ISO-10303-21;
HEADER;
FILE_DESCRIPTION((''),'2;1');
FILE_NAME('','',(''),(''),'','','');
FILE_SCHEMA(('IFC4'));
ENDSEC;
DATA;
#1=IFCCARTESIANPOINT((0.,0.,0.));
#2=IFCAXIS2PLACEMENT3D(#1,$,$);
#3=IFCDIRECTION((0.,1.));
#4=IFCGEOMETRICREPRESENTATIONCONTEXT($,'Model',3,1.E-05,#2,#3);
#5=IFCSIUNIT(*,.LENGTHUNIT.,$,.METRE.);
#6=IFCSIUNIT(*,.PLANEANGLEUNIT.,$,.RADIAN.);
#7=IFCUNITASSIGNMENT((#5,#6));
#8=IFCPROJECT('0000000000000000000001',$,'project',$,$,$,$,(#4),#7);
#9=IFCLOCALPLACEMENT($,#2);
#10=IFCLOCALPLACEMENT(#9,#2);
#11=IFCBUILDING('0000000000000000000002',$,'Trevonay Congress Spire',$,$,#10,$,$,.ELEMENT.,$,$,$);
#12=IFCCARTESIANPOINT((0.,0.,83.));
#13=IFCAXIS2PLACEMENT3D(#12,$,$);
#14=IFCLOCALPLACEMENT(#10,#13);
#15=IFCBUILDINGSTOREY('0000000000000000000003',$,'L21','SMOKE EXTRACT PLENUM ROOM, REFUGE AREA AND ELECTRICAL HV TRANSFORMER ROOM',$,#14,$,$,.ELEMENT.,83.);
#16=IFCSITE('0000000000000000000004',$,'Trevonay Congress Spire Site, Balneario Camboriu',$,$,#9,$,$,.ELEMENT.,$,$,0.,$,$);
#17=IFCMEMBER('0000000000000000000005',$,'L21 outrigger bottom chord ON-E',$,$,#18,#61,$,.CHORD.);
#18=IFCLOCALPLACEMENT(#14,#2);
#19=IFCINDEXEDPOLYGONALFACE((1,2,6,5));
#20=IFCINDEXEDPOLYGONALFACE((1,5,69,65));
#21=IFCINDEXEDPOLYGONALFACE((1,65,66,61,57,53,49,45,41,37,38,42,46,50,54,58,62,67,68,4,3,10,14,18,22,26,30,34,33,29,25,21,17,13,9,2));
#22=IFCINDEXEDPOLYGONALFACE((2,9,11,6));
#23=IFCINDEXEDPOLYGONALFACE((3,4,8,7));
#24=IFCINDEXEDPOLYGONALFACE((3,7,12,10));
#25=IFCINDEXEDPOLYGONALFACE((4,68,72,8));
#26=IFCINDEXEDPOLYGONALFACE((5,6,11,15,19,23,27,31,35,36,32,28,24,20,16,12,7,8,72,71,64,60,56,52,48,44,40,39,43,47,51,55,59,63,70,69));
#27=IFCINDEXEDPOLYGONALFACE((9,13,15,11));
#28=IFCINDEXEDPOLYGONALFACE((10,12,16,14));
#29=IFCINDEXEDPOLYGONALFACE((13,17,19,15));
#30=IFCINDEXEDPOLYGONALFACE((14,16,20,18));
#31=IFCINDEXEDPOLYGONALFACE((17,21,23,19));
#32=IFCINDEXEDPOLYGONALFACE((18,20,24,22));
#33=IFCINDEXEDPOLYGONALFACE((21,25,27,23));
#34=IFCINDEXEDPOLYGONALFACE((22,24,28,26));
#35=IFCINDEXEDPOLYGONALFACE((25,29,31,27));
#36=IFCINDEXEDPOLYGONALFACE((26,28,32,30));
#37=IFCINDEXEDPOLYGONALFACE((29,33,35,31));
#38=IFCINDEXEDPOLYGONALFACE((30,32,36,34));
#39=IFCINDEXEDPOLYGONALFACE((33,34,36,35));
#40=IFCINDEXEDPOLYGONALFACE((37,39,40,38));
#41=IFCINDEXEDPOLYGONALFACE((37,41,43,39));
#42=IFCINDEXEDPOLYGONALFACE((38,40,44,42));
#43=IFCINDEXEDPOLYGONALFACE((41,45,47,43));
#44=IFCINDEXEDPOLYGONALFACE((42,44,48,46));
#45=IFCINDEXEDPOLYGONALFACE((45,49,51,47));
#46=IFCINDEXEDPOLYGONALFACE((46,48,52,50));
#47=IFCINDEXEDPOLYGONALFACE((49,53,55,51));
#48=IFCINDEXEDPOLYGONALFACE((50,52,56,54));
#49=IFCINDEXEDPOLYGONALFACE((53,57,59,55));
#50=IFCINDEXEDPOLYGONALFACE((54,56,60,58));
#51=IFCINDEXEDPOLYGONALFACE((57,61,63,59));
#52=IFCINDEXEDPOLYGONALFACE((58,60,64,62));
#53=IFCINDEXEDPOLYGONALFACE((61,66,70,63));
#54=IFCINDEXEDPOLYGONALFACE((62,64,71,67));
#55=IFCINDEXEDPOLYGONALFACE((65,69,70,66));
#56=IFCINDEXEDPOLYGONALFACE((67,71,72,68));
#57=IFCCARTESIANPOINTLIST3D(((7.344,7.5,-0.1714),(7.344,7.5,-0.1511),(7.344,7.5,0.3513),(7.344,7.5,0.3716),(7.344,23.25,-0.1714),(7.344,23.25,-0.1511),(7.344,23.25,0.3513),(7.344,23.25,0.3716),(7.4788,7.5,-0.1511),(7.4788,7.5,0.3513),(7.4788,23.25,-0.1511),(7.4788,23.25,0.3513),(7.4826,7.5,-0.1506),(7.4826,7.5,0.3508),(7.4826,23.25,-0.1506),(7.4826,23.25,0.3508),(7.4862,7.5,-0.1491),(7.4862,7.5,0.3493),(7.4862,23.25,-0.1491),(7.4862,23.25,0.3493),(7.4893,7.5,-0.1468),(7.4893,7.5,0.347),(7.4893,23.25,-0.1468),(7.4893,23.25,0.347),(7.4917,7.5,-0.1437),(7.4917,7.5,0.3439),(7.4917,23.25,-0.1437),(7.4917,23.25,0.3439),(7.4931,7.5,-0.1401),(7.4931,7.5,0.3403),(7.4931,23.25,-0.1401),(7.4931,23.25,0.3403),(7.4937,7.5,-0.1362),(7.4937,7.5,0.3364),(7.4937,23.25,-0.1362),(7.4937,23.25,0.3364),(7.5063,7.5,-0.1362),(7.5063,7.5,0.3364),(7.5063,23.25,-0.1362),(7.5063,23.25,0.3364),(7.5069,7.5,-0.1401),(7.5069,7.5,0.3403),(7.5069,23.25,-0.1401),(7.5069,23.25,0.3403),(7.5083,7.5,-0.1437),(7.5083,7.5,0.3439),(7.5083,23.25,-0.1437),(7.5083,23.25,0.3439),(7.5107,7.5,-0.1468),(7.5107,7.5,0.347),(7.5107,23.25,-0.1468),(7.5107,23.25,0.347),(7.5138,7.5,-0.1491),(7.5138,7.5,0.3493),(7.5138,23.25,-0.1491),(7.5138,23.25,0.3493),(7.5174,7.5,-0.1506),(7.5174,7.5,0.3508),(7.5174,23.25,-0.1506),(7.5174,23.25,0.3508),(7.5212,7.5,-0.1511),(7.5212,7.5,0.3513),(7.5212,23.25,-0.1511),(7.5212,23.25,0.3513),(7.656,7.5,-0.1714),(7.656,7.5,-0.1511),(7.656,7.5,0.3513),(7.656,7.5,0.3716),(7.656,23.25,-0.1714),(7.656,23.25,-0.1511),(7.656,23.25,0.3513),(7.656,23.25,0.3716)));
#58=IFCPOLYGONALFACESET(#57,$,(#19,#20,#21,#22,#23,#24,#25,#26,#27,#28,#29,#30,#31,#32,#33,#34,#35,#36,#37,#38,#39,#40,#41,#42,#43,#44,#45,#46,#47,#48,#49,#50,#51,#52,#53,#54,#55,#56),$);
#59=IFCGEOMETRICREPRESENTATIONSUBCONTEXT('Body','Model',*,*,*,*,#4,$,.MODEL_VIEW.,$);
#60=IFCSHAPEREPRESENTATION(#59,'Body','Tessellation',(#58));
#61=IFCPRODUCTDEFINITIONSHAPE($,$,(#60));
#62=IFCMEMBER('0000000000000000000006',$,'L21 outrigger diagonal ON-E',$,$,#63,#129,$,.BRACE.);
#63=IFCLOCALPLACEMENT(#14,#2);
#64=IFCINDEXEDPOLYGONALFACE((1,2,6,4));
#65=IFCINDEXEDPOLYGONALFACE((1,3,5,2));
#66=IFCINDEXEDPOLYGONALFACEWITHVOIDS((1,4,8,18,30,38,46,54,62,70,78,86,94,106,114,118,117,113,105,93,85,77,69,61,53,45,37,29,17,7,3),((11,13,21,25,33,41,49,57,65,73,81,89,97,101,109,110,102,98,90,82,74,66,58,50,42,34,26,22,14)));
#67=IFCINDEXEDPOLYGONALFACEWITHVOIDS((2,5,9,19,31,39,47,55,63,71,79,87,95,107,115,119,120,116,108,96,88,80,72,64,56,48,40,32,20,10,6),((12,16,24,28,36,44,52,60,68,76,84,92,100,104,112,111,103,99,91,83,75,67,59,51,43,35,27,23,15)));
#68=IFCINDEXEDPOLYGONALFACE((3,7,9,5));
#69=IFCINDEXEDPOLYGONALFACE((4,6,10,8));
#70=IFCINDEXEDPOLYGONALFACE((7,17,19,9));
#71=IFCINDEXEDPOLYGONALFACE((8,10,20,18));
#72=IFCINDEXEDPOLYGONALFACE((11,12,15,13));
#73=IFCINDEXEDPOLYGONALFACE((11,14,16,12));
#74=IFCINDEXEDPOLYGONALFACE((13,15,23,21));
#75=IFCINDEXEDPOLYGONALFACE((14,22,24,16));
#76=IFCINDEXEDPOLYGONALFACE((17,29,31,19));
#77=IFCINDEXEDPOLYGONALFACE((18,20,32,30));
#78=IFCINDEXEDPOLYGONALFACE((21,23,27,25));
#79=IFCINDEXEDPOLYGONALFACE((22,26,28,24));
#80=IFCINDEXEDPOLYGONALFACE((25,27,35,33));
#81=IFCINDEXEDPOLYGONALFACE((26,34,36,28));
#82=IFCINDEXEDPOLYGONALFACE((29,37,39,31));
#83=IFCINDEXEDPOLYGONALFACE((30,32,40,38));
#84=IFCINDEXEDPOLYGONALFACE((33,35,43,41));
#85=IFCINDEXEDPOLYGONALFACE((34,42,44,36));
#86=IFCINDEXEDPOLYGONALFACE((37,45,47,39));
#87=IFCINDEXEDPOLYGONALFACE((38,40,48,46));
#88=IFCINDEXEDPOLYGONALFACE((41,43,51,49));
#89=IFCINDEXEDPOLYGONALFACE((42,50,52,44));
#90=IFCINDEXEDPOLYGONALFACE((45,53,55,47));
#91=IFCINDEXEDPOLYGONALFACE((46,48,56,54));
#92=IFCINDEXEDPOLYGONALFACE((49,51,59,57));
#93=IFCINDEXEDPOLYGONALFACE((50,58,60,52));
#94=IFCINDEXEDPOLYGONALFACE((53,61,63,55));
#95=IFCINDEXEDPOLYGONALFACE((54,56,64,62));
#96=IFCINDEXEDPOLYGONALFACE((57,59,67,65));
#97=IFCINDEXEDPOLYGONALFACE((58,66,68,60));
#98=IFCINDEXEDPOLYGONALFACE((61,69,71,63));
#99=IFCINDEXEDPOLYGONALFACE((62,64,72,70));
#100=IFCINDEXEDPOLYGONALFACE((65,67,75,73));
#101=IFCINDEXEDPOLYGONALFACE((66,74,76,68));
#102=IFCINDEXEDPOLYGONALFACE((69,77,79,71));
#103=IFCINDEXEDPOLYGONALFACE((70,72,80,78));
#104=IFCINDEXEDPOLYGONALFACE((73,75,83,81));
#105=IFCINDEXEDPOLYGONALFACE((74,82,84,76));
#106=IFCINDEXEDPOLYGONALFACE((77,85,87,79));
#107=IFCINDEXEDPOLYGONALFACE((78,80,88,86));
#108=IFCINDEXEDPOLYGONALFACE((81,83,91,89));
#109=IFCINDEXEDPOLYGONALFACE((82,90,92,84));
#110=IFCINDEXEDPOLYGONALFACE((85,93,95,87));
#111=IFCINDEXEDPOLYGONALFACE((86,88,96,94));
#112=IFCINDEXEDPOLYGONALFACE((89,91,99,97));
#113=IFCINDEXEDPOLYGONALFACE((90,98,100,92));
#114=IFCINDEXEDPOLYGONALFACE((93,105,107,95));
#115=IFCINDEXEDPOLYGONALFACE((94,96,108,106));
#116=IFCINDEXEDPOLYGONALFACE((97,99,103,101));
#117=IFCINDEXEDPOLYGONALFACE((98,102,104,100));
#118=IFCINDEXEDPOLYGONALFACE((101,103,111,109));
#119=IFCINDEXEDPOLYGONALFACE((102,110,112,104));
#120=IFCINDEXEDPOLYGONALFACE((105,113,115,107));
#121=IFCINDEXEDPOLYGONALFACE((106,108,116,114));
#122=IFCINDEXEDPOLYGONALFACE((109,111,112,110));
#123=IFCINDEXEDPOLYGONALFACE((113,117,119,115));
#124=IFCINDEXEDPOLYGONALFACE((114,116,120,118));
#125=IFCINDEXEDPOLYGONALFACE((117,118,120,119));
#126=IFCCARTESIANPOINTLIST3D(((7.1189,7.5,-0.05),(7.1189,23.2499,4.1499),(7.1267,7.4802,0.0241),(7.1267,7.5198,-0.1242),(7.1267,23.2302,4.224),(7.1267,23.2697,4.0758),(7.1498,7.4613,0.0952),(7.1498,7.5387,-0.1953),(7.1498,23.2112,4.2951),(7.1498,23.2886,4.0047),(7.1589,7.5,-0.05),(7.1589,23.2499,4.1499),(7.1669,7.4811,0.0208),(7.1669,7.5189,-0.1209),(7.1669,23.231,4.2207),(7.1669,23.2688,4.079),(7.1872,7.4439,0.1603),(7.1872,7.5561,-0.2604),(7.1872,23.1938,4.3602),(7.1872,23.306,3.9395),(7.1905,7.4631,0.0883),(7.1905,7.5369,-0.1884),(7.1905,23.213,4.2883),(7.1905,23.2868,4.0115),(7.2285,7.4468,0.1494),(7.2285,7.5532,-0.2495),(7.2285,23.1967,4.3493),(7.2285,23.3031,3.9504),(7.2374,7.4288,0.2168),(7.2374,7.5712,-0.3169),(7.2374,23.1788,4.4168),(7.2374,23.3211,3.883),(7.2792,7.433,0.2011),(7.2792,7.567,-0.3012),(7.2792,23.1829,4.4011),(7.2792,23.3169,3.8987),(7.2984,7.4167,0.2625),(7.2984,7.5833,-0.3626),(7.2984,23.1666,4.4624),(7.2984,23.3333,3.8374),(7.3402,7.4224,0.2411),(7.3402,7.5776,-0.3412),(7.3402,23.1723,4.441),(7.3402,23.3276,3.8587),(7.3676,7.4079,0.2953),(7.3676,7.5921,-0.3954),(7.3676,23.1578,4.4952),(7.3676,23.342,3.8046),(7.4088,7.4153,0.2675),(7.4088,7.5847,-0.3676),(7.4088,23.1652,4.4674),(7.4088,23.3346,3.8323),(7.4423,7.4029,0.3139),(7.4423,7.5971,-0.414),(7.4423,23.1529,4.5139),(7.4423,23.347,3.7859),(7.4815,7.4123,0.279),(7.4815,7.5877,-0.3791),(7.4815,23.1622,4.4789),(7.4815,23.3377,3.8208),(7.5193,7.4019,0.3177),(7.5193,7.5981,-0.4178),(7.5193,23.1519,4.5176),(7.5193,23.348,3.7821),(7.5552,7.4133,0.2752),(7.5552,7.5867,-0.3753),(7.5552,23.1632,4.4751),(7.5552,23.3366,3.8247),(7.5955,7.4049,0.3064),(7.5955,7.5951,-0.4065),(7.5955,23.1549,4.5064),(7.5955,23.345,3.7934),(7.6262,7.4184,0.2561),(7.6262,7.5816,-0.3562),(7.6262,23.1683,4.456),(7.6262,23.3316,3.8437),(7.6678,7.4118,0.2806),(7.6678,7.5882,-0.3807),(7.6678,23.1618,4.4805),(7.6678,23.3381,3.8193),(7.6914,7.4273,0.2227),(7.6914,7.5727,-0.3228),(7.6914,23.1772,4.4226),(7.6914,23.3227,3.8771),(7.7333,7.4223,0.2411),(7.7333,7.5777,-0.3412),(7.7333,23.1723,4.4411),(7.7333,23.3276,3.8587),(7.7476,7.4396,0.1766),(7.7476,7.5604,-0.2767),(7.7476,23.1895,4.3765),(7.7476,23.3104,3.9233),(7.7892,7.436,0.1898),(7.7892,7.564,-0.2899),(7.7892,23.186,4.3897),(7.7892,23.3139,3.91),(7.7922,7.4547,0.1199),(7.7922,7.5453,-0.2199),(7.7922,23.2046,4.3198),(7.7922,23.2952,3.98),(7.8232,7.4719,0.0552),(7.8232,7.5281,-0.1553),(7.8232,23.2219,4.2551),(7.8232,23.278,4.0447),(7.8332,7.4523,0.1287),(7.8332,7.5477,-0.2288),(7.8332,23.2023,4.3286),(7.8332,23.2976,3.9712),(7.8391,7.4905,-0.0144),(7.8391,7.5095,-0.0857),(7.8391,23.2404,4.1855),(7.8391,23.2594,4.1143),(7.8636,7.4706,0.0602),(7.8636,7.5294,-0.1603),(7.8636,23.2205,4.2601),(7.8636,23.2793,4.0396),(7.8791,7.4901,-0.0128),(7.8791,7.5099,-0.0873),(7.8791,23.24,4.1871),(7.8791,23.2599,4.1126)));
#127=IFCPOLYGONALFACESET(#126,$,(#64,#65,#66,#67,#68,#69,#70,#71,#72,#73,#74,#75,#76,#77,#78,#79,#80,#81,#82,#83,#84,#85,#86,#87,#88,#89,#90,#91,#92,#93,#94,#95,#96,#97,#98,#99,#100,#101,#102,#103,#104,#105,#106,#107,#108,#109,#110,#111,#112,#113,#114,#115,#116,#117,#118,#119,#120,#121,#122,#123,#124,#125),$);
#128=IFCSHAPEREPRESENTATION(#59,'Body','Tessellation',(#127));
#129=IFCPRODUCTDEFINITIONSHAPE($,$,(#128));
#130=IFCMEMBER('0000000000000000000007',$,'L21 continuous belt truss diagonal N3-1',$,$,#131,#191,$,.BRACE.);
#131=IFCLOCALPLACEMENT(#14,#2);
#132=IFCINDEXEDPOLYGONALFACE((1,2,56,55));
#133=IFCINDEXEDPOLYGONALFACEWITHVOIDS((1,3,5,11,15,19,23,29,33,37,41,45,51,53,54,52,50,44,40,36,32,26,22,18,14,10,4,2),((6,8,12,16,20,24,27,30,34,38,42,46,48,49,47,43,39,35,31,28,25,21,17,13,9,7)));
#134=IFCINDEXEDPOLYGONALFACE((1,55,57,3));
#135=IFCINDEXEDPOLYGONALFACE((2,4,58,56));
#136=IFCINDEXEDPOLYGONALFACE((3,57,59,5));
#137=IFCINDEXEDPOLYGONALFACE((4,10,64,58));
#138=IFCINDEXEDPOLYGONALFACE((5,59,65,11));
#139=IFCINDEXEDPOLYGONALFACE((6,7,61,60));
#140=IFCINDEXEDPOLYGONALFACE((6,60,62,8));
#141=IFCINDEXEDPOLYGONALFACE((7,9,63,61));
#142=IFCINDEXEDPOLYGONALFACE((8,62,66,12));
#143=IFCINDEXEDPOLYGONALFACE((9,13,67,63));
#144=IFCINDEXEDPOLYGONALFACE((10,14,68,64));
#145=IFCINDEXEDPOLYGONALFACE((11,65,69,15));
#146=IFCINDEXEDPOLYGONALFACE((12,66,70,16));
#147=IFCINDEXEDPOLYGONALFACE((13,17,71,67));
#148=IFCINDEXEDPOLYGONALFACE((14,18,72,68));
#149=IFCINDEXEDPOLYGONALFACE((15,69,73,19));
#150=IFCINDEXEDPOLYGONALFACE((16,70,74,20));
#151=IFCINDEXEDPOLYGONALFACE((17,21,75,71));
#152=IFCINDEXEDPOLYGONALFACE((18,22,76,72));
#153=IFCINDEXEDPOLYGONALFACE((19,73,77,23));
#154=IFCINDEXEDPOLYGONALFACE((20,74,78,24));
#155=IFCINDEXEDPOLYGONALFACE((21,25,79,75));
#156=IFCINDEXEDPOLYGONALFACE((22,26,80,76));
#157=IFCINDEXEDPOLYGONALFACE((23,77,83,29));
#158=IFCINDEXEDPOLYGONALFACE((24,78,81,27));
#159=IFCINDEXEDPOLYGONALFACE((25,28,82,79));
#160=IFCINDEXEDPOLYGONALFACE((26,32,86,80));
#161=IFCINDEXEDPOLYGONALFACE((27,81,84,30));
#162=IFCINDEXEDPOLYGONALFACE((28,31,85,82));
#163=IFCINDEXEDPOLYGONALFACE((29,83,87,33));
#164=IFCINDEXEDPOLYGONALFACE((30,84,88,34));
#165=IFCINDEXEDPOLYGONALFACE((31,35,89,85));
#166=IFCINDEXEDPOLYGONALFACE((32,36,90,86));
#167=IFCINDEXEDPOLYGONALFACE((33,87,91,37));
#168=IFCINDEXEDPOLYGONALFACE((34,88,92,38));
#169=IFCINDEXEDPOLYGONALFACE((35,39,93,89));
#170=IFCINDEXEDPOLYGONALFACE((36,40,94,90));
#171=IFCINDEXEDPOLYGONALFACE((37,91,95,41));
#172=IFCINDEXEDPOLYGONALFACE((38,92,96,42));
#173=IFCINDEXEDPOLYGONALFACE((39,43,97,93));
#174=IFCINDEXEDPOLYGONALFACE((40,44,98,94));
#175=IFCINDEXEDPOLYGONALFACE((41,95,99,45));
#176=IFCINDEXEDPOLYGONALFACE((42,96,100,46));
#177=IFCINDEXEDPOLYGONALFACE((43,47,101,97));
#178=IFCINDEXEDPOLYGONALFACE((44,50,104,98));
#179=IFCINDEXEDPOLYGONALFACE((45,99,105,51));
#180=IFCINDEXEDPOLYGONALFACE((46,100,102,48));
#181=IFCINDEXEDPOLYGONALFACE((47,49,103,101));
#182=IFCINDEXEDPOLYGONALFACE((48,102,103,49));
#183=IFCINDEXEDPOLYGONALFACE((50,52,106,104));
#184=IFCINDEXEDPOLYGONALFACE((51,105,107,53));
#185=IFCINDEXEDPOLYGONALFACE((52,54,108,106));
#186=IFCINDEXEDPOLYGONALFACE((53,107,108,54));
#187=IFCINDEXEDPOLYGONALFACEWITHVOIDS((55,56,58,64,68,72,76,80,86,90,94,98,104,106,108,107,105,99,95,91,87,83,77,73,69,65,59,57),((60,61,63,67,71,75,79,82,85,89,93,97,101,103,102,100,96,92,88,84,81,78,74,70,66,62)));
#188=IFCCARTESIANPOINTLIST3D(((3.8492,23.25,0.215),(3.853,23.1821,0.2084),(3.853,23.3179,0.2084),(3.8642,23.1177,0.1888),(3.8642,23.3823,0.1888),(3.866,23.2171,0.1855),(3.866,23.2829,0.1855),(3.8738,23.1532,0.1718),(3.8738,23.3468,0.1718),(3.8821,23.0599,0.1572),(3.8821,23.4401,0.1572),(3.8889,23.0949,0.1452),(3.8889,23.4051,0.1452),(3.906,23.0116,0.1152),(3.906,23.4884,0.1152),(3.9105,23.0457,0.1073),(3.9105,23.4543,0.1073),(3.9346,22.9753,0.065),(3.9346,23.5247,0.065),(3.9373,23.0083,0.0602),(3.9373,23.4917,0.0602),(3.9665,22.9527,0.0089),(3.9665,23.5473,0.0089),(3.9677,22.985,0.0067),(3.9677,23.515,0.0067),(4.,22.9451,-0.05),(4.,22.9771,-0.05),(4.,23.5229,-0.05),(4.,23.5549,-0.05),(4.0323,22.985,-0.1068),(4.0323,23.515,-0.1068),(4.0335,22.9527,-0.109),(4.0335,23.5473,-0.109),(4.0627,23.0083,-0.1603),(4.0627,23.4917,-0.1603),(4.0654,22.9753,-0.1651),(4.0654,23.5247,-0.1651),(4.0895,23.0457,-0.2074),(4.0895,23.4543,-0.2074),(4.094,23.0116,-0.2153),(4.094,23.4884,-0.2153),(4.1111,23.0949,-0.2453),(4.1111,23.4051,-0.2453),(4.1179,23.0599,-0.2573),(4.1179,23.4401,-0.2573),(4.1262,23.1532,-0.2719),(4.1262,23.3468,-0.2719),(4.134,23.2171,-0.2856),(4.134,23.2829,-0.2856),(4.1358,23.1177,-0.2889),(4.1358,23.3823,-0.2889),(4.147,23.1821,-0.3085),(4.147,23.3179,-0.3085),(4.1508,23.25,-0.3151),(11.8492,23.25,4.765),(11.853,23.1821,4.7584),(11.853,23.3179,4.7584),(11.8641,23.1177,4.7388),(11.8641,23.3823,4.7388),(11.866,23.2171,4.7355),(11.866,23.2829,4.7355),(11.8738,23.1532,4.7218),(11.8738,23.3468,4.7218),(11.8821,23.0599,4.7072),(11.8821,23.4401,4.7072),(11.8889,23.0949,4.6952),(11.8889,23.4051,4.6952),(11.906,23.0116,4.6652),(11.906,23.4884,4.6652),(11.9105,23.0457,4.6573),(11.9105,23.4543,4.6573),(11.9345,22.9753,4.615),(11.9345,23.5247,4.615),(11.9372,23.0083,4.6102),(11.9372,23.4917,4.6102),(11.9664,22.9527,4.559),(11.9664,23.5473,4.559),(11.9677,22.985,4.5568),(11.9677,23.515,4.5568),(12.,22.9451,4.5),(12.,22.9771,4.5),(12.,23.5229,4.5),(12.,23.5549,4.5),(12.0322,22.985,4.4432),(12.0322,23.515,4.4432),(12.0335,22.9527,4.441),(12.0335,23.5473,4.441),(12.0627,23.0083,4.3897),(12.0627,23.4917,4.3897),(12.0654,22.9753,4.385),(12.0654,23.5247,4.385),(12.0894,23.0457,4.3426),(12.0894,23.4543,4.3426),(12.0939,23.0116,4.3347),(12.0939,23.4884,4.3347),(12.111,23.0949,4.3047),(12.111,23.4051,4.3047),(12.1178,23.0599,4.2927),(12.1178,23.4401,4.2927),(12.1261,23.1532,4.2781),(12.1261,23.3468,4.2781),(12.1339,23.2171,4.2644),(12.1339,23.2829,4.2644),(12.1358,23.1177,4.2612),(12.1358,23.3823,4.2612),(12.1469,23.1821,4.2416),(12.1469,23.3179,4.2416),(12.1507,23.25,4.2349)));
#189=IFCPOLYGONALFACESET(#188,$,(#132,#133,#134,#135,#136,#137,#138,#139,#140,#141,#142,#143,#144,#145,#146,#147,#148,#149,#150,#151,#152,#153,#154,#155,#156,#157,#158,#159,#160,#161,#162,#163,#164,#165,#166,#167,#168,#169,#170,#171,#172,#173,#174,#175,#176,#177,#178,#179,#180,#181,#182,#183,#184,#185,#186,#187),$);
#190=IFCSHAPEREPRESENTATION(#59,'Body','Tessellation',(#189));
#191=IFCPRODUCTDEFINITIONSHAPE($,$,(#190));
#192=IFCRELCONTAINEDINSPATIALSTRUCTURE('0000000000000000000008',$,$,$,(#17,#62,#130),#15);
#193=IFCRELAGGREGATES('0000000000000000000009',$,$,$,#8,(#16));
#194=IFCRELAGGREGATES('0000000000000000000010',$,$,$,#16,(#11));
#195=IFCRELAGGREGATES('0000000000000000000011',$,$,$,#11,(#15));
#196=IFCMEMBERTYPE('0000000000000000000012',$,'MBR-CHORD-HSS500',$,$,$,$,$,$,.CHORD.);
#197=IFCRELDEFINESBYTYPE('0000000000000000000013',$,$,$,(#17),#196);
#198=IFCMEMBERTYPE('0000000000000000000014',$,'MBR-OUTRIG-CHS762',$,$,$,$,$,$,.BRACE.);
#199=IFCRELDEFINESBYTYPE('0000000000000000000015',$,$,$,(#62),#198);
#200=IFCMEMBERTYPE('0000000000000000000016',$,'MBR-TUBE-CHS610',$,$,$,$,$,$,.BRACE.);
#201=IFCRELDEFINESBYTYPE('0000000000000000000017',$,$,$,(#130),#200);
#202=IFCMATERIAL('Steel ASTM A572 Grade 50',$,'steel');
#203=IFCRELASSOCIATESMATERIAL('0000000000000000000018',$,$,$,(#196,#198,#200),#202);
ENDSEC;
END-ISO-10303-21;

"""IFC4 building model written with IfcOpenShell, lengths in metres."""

from ifc_helpers import new_model, si_unit, direction, frame, origin, origin_2d, place, context, subcontext, project, spatial, hollow_circle, i_section, extrude, material, material_profile, profile_set, type_object, element, save


model = new_model("IFC4")

# Units and contexts
model_context = context("Model", 3, precision=1e-05, world=origin(), true_north=direction((0.0, 1.0)))
body_context = subcontext(model_context, "Body", "Model", "MODEL_VIEW")
ifc_project = project(units=[si_unit("LENGTHUNIT", "METRE"), si_unit("PLANEANGLEUNIT", "RADIAN")], contexts=[model_context])

# Site, building, storey
site_placement = place(None, origin())
site = spatial("IfcSite", under=ifc_project, at=site_placement, Name="Trevonay Congress Spire Site, Balneario Camboriu", CompositionType="ELEMENT", RefElevation=0.0)
building_placement = place(site_placement, origin())
building = spatial("IfcBuilding", under=site, at=building_placement, Name="Trevonay Congress Spire", CompositionType="ELEMENT")
storey_placement = place(building_placement, frame((0.0, 0.0, 83.0)))
storey = spatial("IfcBuildingStorey", under=building, at=storey_placement, Name="L21", Description="SMOKE EXTRACT PLENUM ROOM, REFUGE AREA AND ELECTRICAL HV TRANSFORMER ROOM", CompositionType="ELEMENT", Elevation=83.0)

# Shared definitions
ifc_material_1 = material(Name="Steel ASTM A572 Grade 50", Category="steel")

# Members
ifc_material_profile_1 = material_profile(ifc_material_1, i_section(OverallWidth=0.312, OverallDepth=0.543, WebThickness=0.0127, FlangeThickness=0.0203, FilletRadius=0.0149, at=origin_2d()), Name="W530x150")
ifc_profile_set_1 = profile_set([ifc_material_profile_1], Name="Steel ASTM A572 Grade 50")
member_type_1 = type_object("IfcMemberType", Name="MBR-CHORD-HSS500", PredefinedType="CHORD", material=ifc_profile_set_1)
member_1_placement = place(storey_placement, frame((7.5, 7.5, 0.1001), z_axis=(0.0, 1.0, 0.0), x_axis=(-1.0, 0.0, 0.0)))
element("IfcMember", 1, at=member_1_placement, inside=storey, type_object=member_type_1, Name="L21 outrigger bottom chord ON-E", PredefinedType="CHORD", context=body_context, shape_type="SweptSolid", body=[
    extrude(i_section(OverallWidth=0.312, OverallDepth=0.543, WebThickness=0.0127, FlangeThickness=0.0203, FilletRadius=0.0149, at=origin_2d()), origin(), (0.0, 0.0, 1.0), 15.75),
])
ifc_material_profile_2 = material_profile(ifc_material_1, hollow_circle(Radius=0.3811, WallThickness=0.04, at=origin_2d()), Name="CHS 762x40")
ifc_profile_set_2 = profile_set([ifc_material_profile_2], Name="Steel ASTM A572 Grade 50")
member_type_2 = type_object("IfcMemberType", Name="MBR-OUTRIG-CHS762", PredefinedType="BRACE", material=ifc_profile_set_2)
member_2_placement = place(storey_placement, frame((7.5, 7.5, -0.05), z_axis=(0.0, 0.966236, 0.25766), x_axis=(-1.0, 0.0, 0.0)))
element("IfcMember", 2, at=member_2_placement, inside=storey, type_object=member_type_2, Name="L21 outrigger diagonal ON-E", PredefinedType="BRACE", context=body_context, shape_type="SweptSolid", body=[
    extrude(hollow_circle(Radius=0.3811, WallThickness=0.04, at=origin_2d()), origin(), (0.0, 0.0, 1.0), 16.3003),
])
ifc_material_profile_3 = material_profile(ifc_material_1, hollow_circle(Radius=0.3049, WallThickness=0.032, at=origin_2d()), Name="CHS 610x32")
ifc_profile_set_3 = profile_set([ifc_material_profile_3], Name="Steel ASTM A572 Grade 50")
member_type_3 = type_object("IfcMemberType", Name="MBR-TUBE-CHS610", PredefinedType="BRACE", material=ifc_profile_set_3)
member_3_placement = place(storey_placement, frame((4.0, 23.25, -0.05), z_axis=(0.869242, 0.0, 0.494387), x_axis=(0.0, 1.0, 0.0)))
element("IfcMember", 3, at=member_3_placement, inside=storey, type_object=member_type_3, Name="L21 continuous belt truss diagonal N3-1", PredefinedType="BRACE", context=body_context, shape_type="SweptSolid", body=[
    extrude(hollow_circle(Radius=0.3049, WallThickness=0.032, at=origin_2d()), origin(), (0.0, 0.0, 1.0), 9.2034),
])

save(model, "model.ifc")
